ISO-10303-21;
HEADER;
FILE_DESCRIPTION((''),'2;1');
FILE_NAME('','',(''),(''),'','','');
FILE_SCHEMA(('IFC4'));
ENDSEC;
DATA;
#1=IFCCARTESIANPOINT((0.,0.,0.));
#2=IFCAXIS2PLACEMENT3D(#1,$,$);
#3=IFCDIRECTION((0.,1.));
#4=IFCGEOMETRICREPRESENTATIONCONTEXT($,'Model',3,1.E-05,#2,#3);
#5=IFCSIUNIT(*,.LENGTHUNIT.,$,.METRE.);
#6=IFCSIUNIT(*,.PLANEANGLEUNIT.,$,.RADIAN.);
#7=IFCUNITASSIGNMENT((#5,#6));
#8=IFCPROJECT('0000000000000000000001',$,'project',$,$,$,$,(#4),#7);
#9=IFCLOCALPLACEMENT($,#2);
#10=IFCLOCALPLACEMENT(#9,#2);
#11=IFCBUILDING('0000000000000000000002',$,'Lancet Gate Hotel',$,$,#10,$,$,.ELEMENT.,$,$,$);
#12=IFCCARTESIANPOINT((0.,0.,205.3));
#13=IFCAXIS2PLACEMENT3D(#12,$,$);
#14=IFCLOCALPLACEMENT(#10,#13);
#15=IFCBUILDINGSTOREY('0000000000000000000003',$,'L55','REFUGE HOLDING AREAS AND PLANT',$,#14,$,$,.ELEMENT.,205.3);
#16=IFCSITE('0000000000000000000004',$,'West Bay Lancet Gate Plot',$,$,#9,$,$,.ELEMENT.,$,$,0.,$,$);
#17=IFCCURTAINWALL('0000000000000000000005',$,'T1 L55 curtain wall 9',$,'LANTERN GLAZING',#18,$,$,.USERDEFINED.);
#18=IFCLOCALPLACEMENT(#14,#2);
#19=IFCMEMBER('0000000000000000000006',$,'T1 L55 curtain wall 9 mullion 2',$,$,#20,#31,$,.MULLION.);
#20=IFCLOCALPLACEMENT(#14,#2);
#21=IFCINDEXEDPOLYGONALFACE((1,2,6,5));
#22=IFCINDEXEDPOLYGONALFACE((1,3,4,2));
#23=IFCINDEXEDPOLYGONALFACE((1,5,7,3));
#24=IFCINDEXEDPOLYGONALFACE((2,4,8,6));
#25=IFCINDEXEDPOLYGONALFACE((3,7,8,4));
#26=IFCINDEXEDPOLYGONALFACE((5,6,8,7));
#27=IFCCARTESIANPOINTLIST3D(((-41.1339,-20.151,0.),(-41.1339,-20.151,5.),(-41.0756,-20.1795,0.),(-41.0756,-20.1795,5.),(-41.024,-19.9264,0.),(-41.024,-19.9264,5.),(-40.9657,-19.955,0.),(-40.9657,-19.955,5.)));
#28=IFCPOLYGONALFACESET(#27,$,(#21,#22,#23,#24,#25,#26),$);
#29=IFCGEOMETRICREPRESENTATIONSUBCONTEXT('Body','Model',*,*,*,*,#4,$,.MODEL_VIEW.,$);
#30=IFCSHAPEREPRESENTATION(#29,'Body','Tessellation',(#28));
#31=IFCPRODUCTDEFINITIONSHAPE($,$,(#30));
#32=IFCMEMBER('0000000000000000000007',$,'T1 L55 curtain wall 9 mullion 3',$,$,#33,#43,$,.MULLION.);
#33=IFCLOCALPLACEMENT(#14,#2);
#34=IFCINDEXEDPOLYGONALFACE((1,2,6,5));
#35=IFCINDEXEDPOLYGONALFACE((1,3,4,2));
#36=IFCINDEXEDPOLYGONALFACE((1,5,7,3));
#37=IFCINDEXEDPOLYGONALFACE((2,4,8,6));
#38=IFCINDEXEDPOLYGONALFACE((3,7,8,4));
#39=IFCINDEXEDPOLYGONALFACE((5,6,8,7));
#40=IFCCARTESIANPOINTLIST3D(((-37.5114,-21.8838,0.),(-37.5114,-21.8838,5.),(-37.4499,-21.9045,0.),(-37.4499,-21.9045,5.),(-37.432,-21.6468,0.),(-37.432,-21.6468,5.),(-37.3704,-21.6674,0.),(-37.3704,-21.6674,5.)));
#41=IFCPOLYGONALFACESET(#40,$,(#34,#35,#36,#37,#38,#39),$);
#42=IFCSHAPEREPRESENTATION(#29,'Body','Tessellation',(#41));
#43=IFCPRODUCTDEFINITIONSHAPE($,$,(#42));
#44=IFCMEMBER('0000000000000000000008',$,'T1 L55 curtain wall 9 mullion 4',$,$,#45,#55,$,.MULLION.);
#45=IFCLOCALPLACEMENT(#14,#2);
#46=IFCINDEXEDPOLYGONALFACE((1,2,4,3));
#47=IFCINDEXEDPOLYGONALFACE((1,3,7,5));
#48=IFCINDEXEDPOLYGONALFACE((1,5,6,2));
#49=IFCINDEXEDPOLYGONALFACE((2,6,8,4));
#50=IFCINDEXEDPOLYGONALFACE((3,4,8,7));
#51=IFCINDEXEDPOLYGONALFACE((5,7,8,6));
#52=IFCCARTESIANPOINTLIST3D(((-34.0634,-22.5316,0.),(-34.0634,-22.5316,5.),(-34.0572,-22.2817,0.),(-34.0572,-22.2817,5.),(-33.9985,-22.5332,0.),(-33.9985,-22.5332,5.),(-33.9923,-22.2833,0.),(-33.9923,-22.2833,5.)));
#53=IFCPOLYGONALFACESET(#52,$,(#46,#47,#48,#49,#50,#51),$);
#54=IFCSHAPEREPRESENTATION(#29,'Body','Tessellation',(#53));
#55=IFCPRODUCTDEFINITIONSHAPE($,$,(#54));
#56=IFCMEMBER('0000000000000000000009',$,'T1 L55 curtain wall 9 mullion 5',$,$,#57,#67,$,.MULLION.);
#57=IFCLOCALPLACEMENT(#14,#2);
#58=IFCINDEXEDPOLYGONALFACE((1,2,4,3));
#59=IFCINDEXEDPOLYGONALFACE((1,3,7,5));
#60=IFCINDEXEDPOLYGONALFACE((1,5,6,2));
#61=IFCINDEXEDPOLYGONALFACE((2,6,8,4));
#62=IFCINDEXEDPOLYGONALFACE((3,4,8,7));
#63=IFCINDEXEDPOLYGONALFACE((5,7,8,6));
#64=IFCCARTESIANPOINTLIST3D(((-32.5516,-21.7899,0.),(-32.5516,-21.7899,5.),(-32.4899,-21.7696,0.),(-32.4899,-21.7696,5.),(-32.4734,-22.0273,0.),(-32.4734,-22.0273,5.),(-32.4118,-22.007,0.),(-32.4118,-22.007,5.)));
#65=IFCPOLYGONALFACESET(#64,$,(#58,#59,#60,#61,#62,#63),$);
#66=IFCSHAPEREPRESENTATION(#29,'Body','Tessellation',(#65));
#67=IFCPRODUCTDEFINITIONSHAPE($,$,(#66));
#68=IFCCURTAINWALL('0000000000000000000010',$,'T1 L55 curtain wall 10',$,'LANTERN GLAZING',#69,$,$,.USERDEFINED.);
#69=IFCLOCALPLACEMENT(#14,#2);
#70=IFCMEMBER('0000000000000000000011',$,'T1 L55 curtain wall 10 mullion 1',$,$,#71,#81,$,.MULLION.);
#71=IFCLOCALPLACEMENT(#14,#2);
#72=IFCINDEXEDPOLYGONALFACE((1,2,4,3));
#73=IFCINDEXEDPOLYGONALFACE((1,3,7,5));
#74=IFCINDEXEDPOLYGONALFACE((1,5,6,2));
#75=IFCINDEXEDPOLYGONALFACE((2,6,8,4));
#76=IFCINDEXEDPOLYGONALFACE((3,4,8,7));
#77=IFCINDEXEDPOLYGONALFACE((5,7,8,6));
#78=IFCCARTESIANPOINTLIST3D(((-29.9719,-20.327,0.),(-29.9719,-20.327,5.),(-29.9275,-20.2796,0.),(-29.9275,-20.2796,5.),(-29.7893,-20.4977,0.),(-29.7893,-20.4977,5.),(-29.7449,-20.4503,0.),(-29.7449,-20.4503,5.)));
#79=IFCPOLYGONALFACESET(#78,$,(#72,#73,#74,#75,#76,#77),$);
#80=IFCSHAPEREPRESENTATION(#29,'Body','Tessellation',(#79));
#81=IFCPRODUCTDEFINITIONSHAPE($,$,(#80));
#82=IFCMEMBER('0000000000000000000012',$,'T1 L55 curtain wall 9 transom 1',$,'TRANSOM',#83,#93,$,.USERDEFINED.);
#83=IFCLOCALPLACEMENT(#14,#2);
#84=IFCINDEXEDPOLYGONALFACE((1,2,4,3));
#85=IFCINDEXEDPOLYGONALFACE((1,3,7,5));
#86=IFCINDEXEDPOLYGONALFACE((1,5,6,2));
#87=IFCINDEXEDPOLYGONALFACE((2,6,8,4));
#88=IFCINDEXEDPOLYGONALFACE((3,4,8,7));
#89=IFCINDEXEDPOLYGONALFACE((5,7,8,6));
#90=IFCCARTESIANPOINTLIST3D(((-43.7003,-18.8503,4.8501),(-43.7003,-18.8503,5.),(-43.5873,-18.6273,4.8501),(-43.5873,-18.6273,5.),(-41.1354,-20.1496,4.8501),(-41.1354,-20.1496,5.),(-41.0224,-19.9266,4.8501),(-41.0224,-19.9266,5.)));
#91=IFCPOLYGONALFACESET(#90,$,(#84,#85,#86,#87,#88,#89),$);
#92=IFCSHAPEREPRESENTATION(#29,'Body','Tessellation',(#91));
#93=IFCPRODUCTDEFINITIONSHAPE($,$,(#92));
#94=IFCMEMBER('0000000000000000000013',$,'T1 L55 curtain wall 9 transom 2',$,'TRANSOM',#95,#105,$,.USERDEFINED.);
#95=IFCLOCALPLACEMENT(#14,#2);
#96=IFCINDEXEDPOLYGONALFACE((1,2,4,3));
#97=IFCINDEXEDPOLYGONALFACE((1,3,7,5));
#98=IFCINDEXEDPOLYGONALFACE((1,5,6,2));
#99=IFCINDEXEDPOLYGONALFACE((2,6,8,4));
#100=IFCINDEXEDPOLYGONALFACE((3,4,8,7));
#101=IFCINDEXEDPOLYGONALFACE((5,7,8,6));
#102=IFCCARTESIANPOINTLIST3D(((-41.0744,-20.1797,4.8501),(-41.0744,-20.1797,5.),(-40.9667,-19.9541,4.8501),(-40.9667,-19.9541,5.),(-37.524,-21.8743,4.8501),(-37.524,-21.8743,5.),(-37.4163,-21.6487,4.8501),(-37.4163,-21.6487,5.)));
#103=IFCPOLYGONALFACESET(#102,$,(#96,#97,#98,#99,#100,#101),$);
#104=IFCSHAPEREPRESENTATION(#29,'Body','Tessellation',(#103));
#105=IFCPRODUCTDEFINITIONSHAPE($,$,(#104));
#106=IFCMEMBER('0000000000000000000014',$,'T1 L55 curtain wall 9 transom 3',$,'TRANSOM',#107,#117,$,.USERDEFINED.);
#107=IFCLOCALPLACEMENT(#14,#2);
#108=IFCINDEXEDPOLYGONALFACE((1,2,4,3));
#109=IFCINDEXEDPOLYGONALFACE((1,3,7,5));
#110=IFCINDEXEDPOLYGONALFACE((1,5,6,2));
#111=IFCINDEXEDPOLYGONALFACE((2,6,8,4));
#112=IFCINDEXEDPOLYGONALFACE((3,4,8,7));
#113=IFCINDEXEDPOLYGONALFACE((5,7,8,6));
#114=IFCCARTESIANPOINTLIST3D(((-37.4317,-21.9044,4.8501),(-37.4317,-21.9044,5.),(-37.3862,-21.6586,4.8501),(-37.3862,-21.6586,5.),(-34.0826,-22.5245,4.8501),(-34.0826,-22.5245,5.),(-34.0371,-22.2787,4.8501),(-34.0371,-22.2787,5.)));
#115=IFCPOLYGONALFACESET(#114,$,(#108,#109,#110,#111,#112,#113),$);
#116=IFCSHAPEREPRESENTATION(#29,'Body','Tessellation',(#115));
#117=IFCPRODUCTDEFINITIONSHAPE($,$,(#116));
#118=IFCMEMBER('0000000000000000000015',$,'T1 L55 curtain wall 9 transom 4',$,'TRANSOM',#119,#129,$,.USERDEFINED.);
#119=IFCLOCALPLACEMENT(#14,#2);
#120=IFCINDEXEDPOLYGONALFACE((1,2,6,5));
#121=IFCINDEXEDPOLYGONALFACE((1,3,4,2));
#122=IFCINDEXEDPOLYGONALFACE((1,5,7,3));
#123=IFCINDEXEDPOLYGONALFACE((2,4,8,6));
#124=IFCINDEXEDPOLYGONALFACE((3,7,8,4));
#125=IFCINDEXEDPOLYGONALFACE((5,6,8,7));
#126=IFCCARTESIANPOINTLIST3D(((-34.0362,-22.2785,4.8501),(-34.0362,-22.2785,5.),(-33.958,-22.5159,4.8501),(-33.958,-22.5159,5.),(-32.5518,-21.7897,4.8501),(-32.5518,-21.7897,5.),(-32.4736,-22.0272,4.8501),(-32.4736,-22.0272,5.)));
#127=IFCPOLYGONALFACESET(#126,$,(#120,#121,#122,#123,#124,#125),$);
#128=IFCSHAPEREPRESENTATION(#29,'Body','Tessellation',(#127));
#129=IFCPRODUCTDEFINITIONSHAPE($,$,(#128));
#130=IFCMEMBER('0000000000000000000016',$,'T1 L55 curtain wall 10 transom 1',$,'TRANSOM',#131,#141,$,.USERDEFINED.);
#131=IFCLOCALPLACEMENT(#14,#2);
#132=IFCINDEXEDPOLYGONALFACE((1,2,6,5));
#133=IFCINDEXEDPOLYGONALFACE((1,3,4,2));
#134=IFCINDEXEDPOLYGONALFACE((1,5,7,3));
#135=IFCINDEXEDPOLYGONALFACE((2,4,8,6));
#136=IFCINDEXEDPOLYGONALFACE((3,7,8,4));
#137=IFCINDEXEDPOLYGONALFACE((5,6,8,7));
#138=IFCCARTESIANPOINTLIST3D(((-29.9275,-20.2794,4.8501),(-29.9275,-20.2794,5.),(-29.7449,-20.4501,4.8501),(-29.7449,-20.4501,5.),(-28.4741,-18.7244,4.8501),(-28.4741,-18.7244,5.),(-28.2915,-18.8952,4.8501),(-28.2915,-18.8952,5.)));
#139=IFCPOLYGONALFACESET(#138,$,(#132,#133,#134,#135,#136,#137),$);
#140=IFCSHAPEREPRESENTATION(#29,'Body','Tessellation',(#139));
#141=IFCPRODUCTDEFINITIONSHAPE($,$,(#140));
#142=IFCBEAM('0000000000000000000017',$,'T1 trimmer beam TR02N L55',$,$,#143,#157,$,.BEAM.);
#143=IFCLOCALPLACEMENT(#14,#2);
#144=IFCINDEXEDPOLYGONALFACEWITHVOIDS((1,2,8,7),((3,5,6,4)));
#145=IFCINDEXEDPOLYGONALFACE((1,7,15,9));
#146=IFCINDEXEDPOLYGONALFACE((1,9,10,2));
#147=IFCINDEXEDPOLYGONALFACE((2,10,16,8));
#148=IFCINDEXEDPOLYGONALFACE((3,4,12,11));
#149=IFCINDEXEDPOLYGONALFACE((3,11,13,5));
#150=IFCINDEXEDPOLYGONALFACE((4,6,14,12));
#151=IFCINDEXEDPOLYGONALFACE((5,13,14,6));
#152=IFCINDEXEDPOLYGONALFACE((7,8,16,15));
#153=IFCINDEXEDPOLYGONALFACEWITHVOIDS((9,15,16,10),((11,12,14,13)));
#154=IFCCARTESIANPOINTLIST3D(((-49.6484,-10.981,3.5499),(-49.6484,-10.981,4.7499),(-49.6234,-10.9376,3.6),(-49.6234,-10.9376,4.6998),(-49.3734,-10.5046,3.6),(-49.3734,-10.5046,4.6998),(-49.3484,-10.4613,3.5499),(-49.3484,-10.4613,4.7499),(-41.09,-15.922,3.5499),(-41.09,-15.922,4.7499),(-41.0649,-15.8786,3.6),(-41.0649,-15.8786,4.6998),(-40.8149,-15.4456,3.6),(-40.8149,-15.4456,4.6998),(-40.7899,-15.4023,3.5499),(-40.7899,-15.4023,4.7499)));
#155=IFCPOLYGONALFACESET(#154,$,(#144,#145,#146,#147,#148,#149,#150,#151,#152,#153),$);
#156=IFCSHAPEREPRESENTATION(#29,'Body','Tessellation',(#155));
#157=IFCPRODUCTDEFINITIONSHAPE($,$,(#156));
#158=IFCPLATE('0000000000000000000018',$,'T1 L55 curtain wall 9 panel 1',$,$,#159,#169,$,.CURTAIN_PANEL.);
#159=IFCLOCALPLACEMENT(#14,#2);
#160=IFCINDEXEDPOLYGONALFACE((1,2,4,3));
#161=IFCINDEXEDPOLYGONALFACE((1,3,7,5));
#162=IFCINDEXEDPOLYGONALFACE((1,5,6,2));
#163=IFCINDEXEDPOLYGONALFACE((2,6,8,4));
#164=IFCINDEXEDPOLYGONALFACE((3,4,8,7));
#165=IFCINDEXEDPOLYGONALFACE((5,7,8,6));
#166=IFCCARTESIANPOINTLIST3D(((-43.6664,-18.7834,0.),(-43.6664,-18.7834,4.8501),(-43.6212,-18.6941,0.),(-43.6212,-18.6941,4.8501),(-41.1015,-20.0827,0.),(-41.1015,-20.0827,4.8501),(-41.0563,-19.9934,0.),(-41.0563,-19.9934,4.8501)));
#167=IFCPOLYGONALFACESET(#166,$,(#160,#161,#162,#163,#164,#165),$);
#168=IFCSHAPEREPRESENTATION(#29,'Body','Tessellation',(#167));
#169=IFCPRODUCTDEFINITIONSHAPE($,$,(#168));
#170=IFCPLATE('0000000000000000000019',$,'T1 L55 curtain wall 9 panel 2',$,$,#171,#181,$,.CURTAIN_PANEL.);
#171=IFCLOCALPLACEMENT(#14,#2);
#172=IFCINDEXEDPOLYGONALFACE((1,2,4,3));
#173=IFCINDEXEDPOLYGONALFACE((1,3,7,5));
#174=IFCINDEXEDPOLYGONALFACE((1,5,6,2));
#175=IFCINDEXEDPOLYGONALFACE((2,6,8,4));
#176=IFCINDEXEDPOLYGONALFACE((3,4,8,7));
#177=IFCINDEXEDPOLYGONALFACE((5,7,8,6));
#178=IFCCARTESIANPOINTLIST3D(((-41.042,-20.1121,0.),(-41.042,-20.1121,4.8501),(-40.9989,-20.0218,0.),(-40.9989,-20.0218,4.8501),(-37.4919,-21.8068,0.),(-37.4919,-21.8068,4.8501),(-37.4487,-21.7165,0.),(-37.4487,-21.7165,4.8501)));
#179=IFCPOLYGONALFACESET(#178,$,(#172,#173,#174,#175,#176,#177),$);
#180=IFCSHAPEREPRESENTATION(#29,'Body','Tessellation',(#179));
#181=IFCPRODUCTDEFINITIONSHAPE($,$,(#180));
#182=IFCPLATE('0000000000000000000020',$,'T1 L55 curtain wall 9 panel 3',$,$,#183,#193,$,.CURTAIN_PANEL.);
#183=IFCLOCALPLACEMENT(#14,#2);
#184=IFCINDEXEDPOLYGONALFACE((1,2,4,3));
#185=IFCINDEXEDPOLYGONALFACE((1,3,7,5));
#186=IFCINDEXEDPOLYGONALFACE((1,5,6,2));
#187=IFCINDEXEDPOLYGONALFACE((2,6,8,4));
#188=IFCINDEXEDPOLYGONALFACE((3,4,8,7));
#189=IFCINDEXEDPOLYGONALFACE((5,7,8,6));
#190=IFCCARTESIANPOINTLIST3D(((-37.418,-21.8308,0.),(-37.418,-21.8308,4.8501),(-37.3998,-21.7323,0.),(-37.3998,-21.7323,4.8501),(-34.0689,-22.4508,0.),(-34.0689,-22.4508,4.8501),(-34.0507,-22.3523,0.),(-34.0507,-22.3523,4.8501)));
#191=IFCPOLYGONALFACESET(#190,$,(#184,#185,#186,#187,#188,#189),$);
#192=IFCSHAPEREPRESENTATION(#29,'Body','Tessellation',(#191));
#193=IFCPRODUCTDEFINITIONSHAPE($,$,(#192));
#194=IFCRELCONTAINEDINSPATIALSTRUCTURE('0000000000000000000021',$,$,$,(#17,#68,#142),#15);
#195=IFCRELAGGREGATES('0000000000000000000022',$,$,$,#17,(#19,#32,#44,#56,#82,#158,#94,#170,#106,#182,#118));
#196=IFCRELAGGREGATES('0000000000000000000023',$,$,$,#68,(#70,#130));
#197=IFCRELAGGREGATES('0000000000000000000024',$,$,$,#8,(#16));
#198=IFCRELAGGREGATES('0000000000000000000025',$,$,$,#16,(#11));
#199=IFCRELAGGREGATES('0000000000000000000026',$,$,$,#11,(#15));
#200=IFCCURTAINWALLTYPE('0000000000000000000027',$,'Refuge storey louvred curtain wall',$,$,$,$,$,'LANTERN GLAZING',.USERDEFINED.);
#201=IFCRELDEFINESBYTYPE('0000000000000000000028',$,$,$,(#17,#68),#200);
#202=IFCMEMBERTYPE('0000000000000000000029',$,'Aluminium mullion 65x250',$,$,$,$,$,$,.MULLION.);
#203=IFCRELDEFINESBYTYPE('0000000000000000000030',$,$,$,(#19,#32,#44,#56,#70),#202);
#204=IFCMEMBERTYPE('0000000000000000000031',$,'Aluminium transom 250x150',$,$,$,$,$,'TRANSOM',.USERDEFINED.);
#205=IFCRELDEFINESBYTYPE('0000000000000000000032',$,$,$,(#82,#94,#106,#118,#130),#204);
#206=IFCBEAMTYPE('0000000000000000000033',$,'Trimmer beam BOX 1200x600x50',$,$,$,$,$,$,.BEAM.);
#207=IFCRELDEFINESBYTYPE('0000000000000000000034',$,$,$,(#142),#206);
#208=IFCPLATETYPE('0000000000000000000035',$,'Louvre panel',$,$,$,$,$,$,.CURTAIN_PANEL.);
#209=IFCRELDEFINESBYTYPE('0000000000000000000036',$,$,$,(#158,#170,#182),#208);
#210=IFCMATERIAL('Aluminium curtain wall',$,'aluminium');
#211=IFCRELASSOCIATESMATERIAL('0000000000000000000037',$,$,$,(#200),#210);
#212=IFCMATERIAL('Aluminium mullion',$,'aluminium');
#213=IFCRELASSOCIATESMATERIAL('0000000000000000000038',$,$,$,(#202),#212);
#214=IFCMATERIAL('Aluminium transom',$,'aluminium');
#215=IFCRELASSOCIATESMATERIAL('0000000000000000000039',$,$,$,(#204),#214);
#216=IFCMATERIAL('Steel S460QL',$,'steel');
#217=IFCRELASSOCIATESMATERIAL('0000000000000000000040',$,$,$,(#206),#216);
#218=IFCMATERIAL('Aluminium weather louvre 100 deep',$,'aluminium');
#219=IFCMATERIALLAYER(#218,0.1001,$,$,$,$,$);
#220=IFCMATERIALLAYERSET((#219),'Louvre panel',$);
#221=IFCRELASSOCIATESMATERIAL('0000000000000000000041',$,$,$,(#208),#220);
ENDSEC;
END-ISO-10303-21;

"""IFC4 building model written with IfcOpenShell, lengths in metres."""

from ifc_helpers import new_model, si_unit, direction, frame, origin, origin_2d, place, context, subcontext, project, spatial, rectangle, hollow_rectangle, extrude, material, layer, layer_set, material_profile, profile_set, type_object, element, aggregate, save


model = new_model("IFC4")

# Units and contexts
model_context = context("Model", 3, precision=1e-05, world=origin(), true_north=direction((0.0, 1.0)))
body_context = subcontext(model_context, "Body", "Model", "MODEL_VIEW")
ifc_project = project(units=[si_unit("LENGTHUNIT", "METRE"), si_unit("PLANEANGLEUNIT", "RADIAN")], contexts=[model_context])

# Site, building, storey
site_placement = place(None, origin())
site = spatial("IfcSite", under=ifc_project, at=site_placement, Name="West Bay Lancet Gate Plot", CompositionType="ELEMENT", RefElevation=0.0)
building_placement = place(site_placement, origin())
building = spatial("IfcBuilding", under=site, at=building_placement, Name="Lancet Gate Hotel", CompositionType="ELEMENT")
storey_placement = place(building_placement, frame((0.0, 0.0, 205.3)))
storey = spatial("IfcBuildingStorey", under=building, at=storey_placement, Name="L55", Description="REFUGE HOLDING AREAS AND PLANT", CompositionType="ELEMENT", Elevation=205.3)

# Curtain wall, members
ifc_material_1 = material(Name="Aluminium curtain wall", Category="aluminium")
curtain_wall_type = type_object("IfcCurtainWallType", Name="Refuge storey louvred curtain wall", ElementType="LANTERN GLAZING", PredefinedType="USERDEFINED", material=ifc_material_1)
curtain_wall_1_placement = place(storey_placement, origin())
curtain_wall_1 = element("IfcCurtainWall", 1, at=curtain_wall_1_placement, inside=storey, type_object=curtain_wall_type, Name="T1 L55 curtain wall 9", ObjectType="LANTERN GLAZING", PredefinedType="USERDEFINED")
ifc_material_2 = material(Name="Aluminium mullion", Category="aluminium")
ifc_material_profile_1 = material_profile(ifc_material_2, rectangle(XDim=0.0649, YDim=0.25, at=origin_2d()), Name="MULLION 65x250")
ifc_profile_set_1 = profile_set([ifc_material_profile_1], Name="Aluminium mullion")
member_type_1 = type_object("IfcMemberType", Name="Aluminium mullion 65x250", PredefinedType="MULLION", material=ifc_profile_set_1)
member_1_placement = place(storey_placement, frame((-41.0498, -20.053, 0.0), z_axis=(0.0, 0.0, 1.0), x_axis=(0.898115, -0.439761, 0.0)))
member_1 = element("IfcMember", 2, at=member_1_placement, type_object=member_type_1, Name="T1 L55 curtain wall 9 mullion 2", PredefinedType="MULLION", context=body_context, shape_type="SweptSolid", body=[
    extrude(rectangle(XDim=0.0649, YDim=0.25, at=origin_2d()), origin(), (0.0, 0.0, 1.0), 5.0),
])
member_2_placement = place(storey_placement, frame((-37.4409, -21.7756, 0.0), z_axis=(0.0, 0.0, 1.0), x_axis=(0.948119, -0.317915, 0.0)))
member_2 = element("IfcMember", 3, at=member_2_placement, type_object=member_type_1, Name="T1 L55 curtain wall 9 mullion 3", PredefinedType="MULLION", context=body_context, shape_type="SweptSolid", body=[
    extrude(rectangle(XDim=0.0649, YDim=0.25, at=origin_2d()), origin(), (0.0, 0.0, 1.0), 5.0),
])
member_3_placement = place(storey_placement, frame((-34.0278, -22.4075, 0.0), z_axis=(0.0, 0.0, 1.0), x_axis=(0.999693, -0.024761, 0.0)))
member_3 = element("IfcMember", 4, at=member_3_placement, type_object=member_type_1, Name="T1 L55 curtain wall 9 mullion 4", PredefinedType="MULLION", context=body_context, shape_type="SweptSolid", body=[
    extrude(rectangle(XDim=0.0649, YDim=0.25, at=origin_2d()), origin(), (0.0, 0.0, 1.0), 5.0),
])
member_4_placement = place(storey_placement, frame((-32.4817, -21.8984, 0.0), z_axis=(0.0, 0.0, 1.0), x_axis=(0.949848, 0.312712, 0.0)))
member_4 = element("IfcMember", 5, at=member_4_placement, type_object=member_type_1, Name="T1 L55 curtain wall 9 mullion 5", PredefinedType="MULLION", context=body_context, shape_type="SweptSolid", body=[
    extrude(rectangle(XDim=0.0649, YDim=0.25, at=origin_2d()), origin(), (0.0, 0.0, 1.0), 5.0),
])

# Curtain wall, member
curtain_wall_2_placement = place(storey_placement, origin())
curtain_wall_2 = element("IfcCurtainWall", 6, at=curtain_wall_2_placement, inside=storey, type_object=curtain_wall_type, Name="T1 L55 curtain wall 10", ObjectType="LANTERN GLAZING", PredefinedType="USERDEFINED")
member_5_placement = place(storey_placement, frame((-29.8584, -20.3887, 0.0), z_axis=(0.0, 0.0, 1.0), x_axis=(0.682845, 0.730563, 0.0)))
member_5 = element("IfcMember", 7, at=member_5_placement, type_object=member_type_1, Name="T1 L55 curtain wall 10 mullion 1", PredefinedType="MULLION", context=body_context, shape_type="SweptSolid", body=[
    extrude(rectangle(XDim=0.0649, YDim=0.25, at=origin_2d()), origin(), (0.0, 0.0, 1.0), 5.0),
])

# Members
ifc_material_3 = material(Name="Aluminium transom", Category="aluminium")
ifc_material_profile_2 = material_profile(ifc_material_3, rectangle(XDim=0.25, YDim=0.1499, at=origin_2d()), Name="TRANSOM 250x150")
ifc_profile_set_2 = profile_set([ifc_material_profile_2], Name="Aluminium transom")
member_type_2 = type_object("IfcMemberType", Name="Aluminium transom 250x150", ElementType="TRANSOM", PredefinedType="USERDEFINED", material=ifc_profile_set_2)
member_6_placement = place(storey_placement, frame((-43.6438, -18.7388, 4.925), z_axis=(0.892071, -0.451895, 0.0), x_axis=(0.451895, 0.892071, 0.0)))
member_6 = element("IfcMember", 8, at=member_6_placement, type_object=member_type_2, Name="T1 L55 curtain wall 9 transom 1", ObjectType="TRANSOM", PredefinedType="USERDEFINED", context=body_context, shape_type="SweptSolid", body=[
    extrude(rectangle(XDim=0.25, YDim=0.1499, at=origin_2d()), origin(), (0.0, 0.0, 1.0), 2.8752),
])
member_7_placement = place(storey_placement, frame((-41.0205, -20.0669, 4.925), z_axis=(0.902469, -0.430755, 0.0), x_axis=(0.430755, 0.902469, 0.0)))
member_7 = element("IfcMember", 9, at=member_7_placement, type_object=member_type_2, Name="T1 L55 curtain wall 9 transom 2", ObjectType="TRANSOM", PredefinedType="USERDEFINED", context=body_context, shape_type="SweptSolid", body=[
    extrude(rectangle(XDim=0.25, YDim=0.1499, at=origin_2d()), origin(), (0.0, 0.0, 1.0), 3.9341),
])
member_8_placement = place(storey_placement, frame((-37.4089, -21.7815, 4.925), z_axis=(0.983287, -0.182064, 0.0), x_axis=(0.182064, 0.983287, 0.0)))
member_8 = element("IfcMember", 10, at=member_8_placement, type_object=member_type_2, Name="T1 L55 curtain wall 9 transom 3", ObjectType="TRANSOM", PredefinedType="USERDEFINED", context=body_context, shape_type="SweptSolid", body=[
    extrude(rectangle(XDim=0.25, YDim=0.1499, at=origin_2d()), origin(), (0.0, 0.0, 1.0), 3.406),
])
member_9_placement = place(storey_placement, frame((-33.9971, -22.3972, 4.925), z_axis=(0.949833, 0.312758, 0.0), x_axis=(-0.312758, 0.949833, 0.0)))
member_9 = element("IfcMember", 11, at=member_9_placement, type_object=member_type_2, Name="T1 L55 curtain wall 9 transom 4", ObjectType="TRANSOM", PredefinedType="USERDEFINED", context=body_context, shape_type="SweptSolid", body=[
    extrude(rectangle(XDim=0.25, YDim=0.1499, at=origin_2d()), origin(), (0.0, 0.0, 1.0), 1.5627),
])
member_10_placement = place(storey_placement, frame((-29.8362, -20.3647, 4.925), z_axis=(0.682845, 0.730563, 0.0), x_axis=(-0.730563, 0.682845, 0.0)))
member_10 = element("IfcMember", 12, at=member_10_placement, type_object=member_type_2, Name="T1 L55 curtain wall 10 transom 1", ObjectType="TRANSOM", PredefinedType="USERDEFINED", context=body_context, shape_type="SweptSolid", body=[
    extrude(rectangle(XDim=0.25, YDim=0.1499, at=origin_2d()), origin(), (0.0, 0.0, 1.0), 2.1284),
])

# Beam
ifc_material_4 = material(Name="Steel S460QL", Category="steel")
ifc_material_profile_3 = material_profile(ifc_material_4, hollow_rectangle(XDim=0.6001, YDim=1.2, WallThickness=0.05, at=origin_2d()), Name="BOX 1200x600x50")
ifc_profile_set_3 = profile_set([ifc_material_profile_3], Name="Steel S460QL")
beam_type = type_object("IfcBeamType", Name="Trimmer beam BOX 1200x600x50", PredefinedType="BEAM", material=ifc_profile_set_3)
beam_placement = place(storey_placement, frame((-40.9399, -15.6621, 4.1499), z_axis=(-0.866036, 0.499981, 0.0), x_axis=(-0.499981, -0.866036, 0.0)))
element("IfcBeam", 13, at=beam_placement, inside=storey, type_object=beam_type, Name="T1 trimmer beam TR02N L55", PredefinedType="BEAM", context=body_context, shape_type="SweptSolid", body=[
    extrude(hollow_rectangle(XDim=0.6001, YDim=1.2, WallThickness=0.05, at=origin_2d()), origin(), (0.0, 0.0, 1.0), 9.8823),
])

# Plates
ifc_material_5 = material(Name="Aluminium weather louvre 100 deep", Category="aluminium")
ifc_layer_1 = layer(ifc_material_5, 0.1001)
ifc_layer_set_1 = layer_set([ifc_layer_1], Name="Louvre panel")
plate_type = type_object("IfcPlateType", Name="Louvre panel", PredefinedType="CURTAIN_PANEL", material=ifc_layer_set_1)
plate_1_placement = place(storey_placement, frame((-42.3613, -19.3884, 0.0), z_axis=(0.0, 0.0, 1.0), x_axis=(0.892071, -0.451895, 0.0)))
plate_1 = element("IfcPlate", 14, at=plate_1_placement, type_object=plate_type, Name="T1 L55 curtain wall 9 panel 1", PredefinedType="CURTAIN_PANEL", context=body_context, shape_type="SweptSolid", body=[
    extrude(rectangle(XDim=2.8752, YDim=0.1001, at=origin_2d()), origin(), (0.0, 0.0, 1.0), 4.8501),
])
plate_2_placement = place(storey_placement, frame((-39.2454, -20.9143, 0.0), z_axis=(0.0, 0.0, 1.0), x_axis=(0.902454, -0.430787, 0.0)))
plate_2 = element("IfcPlate", 15, at=plate_2_placement, type_object=plate_type, Name="T1 L55 curtain wall 9 panel 2", PredefinedType="CURTAIN_PANEL", context=body_context, shape_type="SweptSolid", body=[
    extrude(rectangle(XDim=3.9338, YDim=0.1001, at=origin_2d()), origin(), (0.0, 0.0, 1.0), 4.8501),
])
plate_3_placement = place(storey_placement, frame((-35.7344, -22.0916, 0.0), z_axis=(0.0, 0.0, 1.0), x_axis=(0.983292, -0.182033, 0.0)))
plate_3 = element("IfcPlate", 16, at=plate_3_placement, type_object=plate_type, Name="T1 L55 curtain wall 9 panel 3", PredefinedType="CURTAIN_PANEL", context=body_context, shape_type="SweptSolid", body=[
    extrude(rectangle(XDim=3.406, YDim=0.1001, at=origin_2d()), origin(), (0.0, 0.0, 1.0), 4.8501),
])
aggregate(curtain_wall_1, [member_1, member_2, member_3, member_4, member_6, plate_1, member_7, plate_2, member_8, plate_3, member_9])
aggregate(curtain_wall_2, [member_5, member_10])

save(model, "model.ifc")
